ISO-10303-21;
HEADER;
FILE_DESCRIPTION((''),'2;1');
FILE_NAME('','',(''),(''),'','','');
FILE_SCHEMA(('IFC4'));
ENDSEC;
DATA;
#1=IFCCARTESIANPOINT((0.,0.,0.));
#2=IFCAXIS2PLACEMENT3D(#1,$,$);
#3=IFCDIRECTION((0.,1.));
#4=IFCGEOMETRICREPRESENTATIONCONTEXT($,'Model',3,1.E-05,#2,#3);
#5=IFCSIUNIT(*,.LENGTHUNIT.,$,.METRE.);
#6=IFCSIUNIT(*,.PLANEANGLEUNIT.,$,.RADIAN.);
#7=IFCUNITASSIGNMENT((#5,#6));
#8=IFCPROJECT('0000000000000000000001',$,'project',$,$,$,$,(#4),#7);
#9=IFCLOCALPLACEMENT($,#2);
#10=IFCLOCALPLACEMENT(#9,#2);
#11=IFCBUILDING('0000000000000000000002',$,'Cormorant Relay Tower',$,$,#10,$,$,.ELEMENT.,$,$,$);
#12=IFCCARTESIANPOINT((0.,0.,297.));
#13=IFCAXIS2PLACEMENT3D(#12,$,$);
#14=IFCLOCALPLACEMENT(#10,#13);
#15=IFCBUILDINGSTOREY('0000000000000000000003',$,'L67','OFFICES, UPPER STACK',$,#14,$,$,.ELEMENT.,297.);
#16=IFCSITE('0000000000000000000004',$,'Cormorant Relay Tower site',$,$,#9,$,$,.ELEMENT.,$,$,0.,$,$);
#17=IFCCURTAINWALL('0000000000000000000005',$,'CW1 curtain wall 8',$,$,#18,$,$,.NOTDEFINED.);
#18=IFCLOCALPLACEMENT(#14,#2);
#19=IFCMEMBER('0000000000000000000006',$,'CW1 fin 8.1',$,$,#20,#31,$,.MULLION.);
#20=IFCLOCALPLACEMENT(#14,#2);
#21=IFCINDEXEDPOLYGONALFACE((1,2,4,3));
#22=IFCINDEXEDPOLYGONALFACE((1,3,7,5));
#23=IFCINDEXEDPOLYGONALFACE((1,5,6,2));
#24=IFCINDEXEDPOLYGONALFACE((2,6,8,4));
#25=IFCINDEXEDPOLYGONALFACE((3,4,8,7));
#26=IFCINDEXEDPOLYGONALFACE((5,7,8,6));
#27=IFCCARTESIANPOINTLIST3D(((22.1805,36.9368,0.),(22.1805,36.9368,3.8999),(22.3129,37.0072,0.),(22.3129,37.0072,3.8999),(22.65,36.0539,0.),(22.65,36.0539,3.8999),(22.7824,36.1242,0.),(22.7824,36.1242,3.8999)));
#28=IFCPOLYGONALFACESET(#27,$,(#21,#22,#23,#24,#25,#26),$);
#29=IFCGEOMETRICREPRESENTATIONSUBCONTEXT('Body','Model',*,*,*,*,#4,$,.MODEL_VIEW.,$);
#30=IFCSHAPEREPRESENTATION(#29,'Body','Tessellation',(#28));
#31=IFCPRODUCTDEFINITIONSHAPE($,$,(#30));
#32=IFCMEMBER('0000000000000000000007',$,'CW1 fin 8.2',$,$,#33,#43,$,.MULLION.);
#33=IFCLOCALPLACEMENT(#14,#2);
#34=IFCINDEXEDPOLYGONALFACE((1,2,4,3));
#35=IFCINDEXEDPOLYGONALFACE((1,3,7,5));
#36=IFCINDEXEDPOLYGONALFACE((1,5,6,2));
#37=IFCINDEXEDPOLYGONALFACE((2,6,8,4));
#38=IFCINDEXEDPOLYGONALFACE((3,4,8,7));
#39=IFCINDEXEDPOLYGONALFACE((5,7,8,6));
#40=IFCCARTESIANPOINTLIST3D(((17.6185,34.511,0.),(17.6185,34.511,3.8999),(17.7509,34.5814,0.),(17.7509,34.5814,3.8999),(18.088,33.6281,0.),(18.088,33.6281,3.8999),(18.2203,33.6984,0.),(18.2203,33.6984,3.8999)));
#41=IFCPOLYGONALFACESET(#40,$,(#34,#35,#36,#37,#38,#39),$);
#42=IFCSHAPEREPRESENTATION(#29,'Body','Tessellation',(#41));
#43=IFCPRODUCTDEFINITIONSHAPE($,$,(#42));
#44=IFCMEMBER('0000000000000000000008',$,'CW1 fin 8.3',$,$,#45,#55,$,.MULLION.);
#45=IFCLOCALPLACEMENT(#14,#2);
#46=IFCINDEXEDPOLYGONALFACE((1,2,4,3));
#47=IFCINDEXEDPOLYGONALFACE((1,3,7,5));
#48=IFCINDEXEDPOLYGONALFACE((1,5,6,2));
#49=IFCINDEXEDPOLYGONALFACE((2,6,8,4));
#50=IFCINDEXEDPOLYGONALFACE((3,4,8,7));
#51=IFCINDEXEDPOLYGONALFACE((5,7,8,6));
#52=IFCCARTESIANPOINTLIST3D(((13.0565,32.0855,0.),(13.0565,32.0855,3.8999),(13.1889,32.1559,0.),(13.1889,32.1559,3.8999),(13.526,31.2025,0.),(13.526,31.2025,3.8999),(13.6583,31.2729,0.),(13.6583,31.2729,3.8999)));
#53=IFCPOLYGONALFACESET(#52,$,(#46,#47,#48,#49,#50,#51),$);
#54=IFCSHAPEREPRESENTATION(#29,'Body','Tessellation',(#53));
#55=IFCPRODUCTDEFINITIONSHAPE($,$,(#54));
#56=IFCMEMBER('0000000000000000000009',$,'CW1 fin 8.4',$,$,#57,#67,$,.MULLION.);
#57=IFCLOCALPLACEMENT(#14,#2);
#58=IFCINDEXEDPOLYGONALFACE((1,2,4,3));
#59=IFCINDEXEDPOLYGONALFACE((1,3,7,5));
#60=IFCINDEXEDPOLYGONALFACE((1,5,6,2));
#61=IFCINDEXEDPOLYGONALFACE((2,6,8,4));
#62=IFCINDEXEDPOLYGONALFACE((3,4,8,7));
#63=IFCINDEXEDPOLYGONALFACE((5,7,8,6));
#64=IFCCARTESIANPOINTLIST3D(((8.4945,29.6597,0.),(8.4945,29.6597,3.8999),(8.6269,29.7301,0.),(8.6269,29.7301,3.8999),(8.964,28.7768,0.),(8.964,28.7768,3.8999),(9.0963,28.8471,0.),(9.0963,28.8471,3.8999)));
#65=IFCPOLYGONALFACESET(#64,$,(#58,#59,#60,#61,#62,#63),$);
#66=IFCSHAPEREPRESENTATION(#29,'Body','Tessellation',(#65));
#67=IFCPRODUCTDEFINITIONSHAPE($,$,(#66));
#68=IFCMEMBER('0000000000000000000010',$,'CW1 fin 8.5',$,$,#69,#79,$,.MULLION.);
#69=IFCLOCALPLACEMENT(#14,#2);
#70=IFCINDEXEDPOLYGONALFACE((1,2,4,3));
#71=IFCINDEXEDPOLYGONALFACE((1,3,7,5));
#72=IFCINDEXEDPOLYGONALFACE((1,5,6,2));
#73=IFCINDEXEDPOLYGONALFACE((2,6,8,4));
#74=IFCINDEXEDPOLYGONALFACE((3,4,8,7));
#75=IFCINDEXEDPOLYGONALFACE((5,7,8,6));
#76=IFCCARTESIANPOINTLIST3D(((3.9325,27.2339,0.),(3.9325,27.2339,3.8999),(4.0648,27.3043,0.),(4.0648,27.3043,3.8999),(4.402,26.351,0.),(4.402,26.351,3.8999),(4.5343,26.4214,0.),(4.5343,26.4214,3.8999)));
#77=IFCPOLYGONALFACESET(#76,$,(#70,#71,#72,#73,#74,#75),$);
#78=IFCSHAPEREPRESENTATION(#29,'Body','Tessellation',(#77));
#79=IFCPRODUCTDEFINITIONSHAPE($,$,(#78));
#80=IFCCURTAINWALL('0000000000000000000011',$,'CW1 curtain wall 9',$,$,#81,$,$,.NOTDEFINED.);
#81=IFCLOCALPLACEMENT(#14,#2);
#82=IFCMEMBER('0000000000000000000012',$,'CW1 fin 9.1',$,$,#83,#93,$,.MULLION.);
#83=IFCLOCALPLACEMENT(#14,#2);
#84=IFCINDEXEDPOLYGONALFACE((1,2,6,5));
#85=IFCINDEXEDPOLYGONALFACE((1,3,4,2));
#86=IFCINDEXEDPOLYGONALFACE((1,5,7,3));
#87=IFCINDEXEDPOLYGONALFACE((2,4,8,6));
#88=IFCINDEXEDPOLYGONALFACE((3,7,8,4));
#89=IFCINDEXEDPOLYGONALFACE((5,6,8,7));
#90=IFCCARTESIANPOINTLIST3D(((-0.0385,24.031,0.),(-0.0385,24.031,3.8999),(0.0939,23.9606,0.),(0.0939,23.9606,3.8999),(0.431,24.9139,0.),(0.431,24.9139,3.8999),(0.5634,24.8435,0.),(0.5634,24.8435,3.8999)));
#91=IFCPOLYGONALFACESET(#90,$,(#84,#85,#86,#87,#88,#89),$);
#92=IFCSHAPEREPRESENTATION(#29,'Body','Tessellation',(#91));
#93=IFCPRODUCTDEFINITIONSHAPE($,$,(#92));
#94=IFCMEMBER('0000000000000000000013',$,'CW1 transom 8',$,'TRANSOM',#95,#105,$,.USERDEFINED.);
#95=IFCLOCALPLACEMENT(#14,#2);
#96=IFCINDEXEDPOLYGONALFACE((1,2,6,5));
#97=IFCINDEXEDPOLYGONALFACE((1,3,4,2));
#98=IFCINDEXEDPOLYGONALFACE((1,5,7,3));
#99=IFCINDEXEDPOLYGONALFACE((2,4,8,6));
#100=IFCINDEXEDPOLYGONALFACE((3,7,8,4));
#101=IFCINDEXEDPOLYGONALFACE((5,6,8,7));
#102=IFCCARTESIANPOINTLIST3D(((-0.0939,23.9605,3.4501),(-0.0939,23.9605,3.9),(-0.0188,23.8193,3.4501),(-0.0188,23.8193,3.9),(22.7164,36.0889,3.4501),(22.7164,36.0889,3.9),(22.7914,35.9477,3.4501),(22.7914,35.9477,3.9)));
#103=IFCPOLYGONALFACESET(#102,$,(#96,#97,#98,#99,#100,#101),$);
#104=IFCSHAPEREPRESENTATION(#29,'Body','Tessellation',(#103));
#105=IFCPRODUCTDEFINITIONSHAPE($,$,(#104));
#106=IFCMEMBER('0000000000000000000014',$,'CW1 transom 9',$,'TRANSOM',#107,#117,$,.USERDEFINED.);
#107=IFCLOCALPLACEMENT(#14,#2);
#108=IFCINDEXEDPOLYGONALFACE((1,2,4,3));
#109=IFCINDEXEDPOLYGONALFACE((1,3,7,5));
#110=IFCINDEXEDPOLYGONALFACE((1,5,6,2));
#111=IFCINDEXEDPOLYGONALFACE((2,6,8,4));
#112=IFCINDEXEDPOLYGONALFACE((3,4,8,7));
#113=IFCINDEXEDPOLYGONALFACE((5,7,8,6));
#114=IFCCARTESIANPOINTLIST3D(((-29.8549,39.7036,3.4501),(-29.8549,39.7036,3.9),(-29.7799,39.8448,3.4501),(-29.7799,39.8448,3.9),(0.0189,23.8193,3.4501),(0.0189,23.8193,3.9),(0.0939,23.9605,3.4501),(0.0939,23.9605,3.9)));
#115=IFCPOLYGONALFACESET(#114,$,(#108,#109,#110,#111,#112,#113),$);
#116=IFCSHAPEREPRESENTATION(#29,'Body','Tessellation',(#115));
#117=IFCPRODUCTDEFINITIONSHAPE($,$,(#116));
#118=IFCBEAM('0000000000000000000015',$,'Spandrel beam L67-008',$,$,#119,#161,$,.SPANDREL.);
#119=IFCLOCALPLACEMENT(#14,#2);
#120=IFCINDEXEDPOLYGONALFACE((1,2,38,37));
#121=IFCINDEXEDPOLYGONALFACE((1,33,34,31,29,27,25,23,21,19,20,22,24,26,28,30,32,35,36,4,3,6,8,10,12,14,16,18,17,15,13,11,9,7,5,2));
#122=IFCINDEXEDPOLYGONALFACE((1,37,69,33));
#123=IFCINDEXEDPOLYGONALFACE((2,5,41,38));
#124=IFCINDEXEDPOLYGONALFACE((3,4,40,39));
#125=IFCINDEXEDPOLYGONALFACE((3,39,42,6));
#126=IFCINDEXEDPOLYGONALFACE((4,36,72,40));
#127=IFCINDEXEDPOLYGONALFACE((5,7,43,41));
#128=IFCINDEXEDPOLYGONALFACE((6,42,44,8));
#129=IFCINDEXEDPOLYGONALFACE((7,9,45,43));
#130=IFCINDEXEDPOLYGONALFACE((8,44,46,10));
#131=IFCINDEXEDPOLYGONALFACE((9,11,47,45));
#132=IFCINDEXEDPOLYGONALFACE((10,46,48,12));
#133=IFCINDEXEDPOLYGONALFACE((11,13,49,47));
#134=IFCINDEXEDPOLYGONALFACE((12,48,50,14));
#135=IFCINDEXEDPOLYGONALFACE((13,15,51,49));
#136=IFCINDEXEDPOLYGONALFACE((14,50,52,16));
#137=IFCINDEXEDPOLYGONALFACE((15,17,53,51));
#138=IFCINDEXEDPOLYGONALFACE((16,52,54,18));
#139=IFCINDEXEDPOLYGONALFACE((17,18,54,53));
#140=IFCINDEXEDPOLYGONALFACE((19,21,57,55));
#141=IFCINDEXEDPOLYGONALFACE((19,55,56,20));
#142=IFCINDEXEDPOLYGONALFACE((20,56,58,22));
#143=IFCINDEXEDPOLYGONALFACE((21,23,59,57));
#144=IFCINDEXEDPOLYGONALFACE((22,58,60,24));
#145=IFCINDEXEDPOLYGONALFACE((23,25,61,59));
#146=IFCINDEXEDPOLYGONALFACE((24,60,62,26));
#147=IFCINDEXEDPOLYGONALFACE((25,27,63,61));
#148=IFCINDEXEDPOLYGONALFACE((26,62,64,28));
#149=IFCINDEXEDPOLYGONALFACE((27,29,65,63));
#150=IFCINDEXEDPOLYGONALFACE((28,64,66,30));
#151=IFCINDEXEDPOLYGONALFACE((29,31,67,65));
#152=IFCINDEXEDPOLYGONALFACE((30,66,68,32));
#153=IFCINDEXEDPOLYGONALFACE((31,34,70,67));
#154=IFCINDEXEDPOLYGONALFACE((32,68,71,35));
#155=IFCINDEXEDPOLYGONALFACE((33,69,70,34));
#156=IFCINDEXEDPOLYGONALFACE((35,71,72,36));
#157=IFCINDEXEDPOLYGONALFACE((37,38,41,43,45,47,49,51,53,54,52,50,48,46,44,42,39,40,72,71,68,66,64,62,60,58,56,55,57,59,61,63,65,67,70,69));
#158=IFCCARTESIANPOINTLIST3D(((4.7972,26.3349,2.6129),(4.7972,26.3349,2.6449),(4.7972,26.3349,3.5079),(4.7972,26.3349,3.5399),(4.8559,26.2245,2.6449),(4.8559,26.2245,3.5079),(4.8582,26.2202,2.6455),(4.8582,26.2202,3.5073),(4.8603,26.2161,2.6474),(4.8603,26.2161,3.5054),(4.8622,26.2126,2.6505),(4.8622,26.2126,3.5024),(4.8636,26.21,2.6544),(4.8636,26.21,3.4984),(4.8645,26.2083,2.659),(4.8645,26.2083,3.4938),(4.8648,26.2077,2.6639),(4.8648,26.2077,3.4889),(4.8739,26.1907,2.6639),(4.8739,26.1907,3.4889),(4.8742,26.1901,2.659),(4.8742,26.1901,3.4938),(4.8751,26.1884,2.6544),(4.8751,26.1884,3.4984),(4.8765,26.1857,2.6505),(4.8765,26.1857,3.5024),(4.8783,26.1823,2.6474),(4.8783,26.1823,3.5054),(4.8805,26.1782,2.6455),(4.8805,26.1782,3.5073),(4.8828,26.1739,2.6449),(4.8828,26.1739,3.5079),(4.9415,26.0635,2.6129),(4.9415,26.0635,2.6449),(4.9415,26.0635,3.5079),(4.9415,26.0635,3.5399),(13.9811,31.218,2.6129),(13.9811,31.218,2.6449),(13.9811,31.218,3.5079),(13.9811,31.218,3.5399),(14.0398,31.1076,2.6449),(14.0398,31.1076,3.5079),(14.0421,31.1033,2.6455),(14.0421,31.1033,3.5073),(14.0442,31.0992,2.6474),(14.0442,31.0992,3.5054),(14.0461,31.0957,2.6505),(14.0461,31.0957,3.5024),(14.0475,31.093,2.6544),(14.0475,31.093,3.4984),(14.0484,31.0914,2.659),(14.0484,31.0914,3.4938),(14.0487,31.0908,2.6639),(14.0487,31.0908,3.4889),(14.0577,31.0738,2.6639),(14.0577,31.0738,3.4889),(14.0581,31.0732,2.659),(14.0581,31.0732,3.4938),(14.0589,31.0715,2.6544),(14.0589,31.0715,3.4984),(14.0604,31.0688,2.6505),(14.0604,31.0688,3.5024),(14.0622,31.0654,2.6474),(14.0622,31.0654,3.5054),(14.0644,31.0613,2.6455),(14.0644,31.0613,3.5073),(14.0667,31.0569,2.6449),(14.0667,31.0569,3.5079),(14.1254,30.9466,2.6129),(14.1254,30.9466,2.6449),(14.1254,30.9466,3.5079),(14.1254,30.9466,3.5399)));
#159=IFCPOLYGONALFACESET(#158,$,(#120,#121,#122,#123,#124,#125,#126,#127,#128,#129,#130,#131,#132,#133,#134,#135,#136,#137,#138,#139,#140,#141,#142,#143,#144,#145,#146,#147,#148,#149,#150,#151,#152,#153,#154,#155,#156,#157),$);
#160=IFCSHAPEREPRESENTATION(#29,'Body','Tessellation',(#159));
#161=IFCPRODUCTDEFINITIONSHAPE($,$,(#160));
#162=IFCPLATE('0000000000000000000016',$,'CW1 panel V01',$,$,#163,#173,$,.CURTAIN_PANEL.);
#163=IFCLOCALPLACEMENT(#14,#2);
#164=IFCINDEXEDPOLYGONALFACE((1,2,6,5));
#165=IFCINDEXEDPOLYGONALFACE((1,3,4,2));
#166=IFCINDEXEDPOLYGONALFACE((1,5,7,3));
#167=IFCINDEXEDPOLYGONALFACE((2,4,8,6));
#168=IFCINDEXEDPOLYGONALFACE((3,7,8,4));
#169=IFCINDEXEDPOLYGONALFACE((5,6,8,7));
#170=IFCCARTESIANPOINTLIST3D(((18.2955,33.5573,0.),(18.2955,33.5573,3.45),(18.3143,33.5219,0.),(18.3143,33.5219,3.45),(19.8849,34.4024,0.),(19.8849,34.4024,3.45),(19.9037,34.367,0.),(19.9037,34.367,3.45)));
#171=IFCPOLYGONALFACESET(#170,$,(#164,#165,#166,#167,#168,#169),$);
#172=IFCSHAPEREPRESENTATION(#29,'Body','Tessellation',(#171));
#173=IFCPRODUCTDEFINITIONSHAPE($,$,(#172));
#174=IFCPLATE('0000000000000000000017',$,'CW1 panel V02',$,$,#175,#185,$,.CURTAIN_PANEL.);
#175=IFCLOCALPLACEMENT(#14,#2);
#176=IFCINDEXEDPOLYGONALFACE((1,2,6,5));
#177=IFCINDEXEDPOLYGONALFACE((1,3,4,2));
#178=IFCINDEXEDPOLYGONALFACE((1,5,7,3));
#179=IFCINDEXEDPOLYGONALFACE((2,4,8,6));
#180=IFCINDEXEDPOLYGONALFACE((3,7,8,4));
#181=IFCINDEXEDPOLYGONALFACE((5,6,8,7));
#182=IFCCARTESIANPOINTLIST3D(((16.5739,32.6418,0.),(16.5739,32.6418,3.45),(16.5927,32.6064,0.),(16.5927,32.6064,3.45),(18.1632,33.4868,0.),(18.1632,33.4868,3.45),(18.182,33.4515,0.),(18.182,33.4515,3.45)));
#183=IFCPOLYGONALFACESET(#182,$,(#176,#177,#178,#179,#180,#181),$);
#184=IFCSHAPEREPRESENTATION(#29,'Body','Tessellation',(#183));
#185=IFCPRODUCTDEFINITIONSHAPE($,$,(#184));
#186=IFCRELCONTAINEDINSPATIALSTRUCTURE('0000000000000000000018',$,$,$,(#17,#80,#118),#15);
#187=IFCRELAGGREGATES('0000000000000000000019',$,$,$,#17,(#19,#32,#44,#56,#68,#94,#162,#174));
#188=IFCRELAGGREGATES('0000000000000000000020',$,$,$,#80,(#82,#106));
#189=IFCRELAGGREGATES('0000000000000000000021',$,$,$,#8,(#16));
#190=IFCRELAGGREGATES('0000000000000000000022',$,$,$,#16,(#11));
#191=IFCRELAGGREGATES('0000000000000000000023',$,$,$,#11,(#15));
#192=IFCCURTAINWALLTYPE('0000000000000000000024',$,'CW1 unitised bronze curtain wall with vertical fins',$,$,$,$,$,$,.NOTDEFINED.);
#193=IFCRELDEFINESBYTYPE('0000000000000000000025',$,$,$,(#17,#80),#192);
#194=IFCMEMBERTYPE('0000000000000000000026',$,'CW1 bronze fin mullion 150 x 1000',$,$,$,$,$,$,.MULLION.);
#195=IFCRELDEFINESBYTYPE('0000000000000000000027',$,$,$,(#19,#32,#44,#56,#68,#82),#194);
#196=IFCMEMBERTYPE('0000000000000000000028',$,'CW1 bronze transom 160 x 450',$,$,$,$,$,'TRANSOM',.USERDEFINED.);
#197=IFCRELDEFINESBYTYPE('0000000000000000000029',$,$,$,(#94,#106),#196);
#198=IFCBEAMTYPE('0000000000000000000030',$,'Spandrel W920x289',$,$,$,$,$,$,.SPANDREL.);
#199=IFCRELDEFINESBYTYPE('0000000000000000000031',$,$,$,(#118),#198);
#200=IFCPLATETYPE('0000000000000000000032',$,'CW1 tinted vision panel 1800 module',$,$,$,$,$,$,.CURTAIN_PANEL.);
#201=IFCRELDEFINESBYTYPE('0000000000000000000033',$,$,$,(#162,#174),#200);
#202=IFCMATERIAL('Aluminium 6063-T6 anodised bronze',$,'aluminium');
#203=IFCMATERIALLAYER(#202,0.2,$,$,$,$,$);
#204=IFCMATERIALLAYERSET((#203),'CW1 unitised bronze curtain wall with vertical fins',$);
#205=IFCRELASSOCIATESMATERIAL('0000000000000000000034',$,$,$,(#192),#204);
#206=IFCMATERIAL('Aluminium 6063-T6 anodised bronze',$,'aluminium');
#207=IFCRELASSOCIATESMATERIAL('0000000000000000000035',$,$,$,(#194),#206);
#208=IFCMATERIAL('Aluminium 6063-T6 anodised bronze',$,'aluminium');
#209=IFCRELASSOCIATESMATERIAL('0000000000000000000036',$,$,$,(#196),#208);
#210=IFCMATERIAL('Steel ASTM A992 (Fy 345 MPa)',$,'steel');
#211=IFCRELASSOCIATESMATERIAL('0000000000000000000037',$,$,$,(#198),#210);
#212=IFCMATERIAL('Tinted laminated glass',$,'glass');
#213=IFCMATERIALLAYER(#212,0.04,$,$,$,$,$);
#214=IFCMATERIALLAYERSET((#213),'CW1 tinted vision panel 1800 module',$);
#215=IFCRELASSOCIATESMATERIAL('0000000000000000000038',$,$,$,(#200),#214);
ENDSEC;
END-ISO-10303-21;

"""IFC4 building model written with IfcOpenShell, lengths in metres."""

from ifc_helpers import new_model, si_unit, direction, frame, origin, origin_2d, place, context, subcontext, project, spatial, rectangle, i_section, extrude, material, layer, layer_set, material_profile, profile_set, type_object, element, aggregate, save


model = new_model("IFC4")

# Units and contexts
model_context = context("Model", 3, precision=1e-05, world=origin(), true_north=direction((0.0, 1.0)))
body_context = subcontext(model_context, "Body", "Model", "MODEL_VIEW")
ifc_project = project(units=[si_unit("LENGTHUNIT", "METRE"), si_unit("PLANEANGLEUNIT", "RADIAN")], contexts=[model_context])

# Site, building, storey
site_placement = place(None, origin())
site = spatial("IfcSite", under=ifc_project, at=site_placement, Name="Cormorant Relay Tower site", CompositionType="ELEMENT", RefElevation=0.0)
building_placement = place(site_placement, origin())
building = spatial("IfcBuilding", under=site, at=building_placement, Name="Cormorant Relay Tower", CompositionType="ELEMENT")
storey_placement = place(building_placement, frame((0.0, 0.0, 297.0)))
storey = spatial("IfcBuildingStorey", under=building, at=storey_placement, Name="L67", Description="OFFICES, UPPER STACK", CompositionType="ELEMENT", Elevation=297.0)

# Curtain wall, members
ifc_material_1 = material(Name="Aluminium 6063-T6 anodised bronze", Category="aluminium")
ifc_layer_1 = layer(ifc_material_1, 0.2)
ifc_layer_set_1 = layer_set([ifc_layer_1], Name="CW1 unitised bronze curtain wall with vertical fins")
curtain_wall_type = type_object("IfcCurtainWallType", Name="CW1 unitised bronze curtain wall with vertical fins", PredefinedType="NOTDEFINED", material=ifc_layer_set_1)
curtain_wall_1_placement = place(storey_placement, origin())
curtain_wall_1 = element("IfcCurtainWall", 1, at=curtain_wall_1_placement, inside=storey, type_object=curtain_wall_type, Name="CW1 curtain wall 8", PredefinedType="NOTDEFINED")
ifc_material_2 = material(Name="Aluminium 6063-T6 anodised bronze", Category="aluminium")
ifc_material_profile_1 = material_profile(ifc_material_2, rectangle(XDim=0.1499, YDim=1.0, at=origin_2d()), Name="AL 150x1000")
ifc_profile_set_1 = profile_set([ifc_material_profile_1], Name="Aluminium 6063-T6 anodised bronze")
member_type_1 = type_object("IfcMemberType", Name="CW1 bronze fin mullion 150 x 1000", PredefinedType="MULLION", material=ifc_profile_set_1)
member_1_placement = place(storey_placement, frame((22.4814, 36.5305, 0.0), z_axis=(0.0, 0.0, 1.0), x_axis=(-0.882948, -0.469472, 0.0)))
member_1 = element("IfcMember", 2, at=member_1_placement, type_object=member_type_1, Name="CW1 fin 8.1", PredefinedType="MULLION", context=body_context, shape_type="SweptSolid", body=[
    extrude(rectangle(XDim=0.1499, YDim=1.0, at=origin_2d()), origin(), (0.0, 0.0, 1.0), 3.8999),
])
member_2_placement = place(storey_placement, frame((17.9194, 34.1047, 0.0), z_axis=(0.0, 0.0, 1.0), x_axis=(-0.882948, -0.469472, 0.0)))
member_2 = element("IfcMember", 3, at=member_2_placement, type_object=member_type_1, Name="CW1 fin 8.2", PredefinedType="MULLION", context=body_context, shape_type="SweptSolid", body=[
    extrude(rectangle(XDim=0.1499, YDim=1.0, at=origin_2d()), origin(), (0.0, 0.0, 1.0), 3.8999),
])
member_3_placement = place(storey_placement, frame((13.3574, 31.6792, 0.0), z_axis=(0.0, 0.0, 1.0), x_axis=(-0.882948, -0.469472, 0.0)))
member_3 = element("IfcMember", 4, at=member_3_placement, type_object=member_type_1, Name="CW1 fin 8.3", PredefinedType="MULLION", context=body_context, shape_type="SweptSolid", body=[
    extrude(rectangle(XDim=0.1499, YDim=1.0, at=origin_2d()), origin(), (0.0, 0.0, 1.0), 3.8999),
])
member_4_placement = place(storey_placement, frame((8.7954, 29.2534, 0.0), z_axis=(0.0, 0.0, 1.0), x_axis=(-0.882948, -0.469472, 0.0)))
member_4 = element("IfcMember", 5, at=member_4_placement, type_object=member_type_1, Name="CW1 fin 8.4", PredefinedType="MULLION", context=body_context, shape_type="SweptSolid", body=[
    extrude(rectangle(XDim=0.1499, YDim=1.0, at=origin_2d()), origin(), (0.0, 0.0, 1.0), 3.8999),
])
member_5_placement = place(storey_placement, frame((4.2334, 26.8276, 0.0), z_axis=(0.0, 0.0, 1.0), x_axis=(-0.882948, -0.469472, 0.0)))
member_5 = element("IfcMember", 6, at=member_5_placement, type_object=member_type_1, Name="CW1 fin 8.5", PredefinedType="MULLION", context=body_context, shape_type="SweptSolid", body=[
    extrude(rectangle(XDim=0.1499, YDim=1.0, at=origin_2d()), origin(), (0.0, 0.0, 1.0), 3.8999),
])

# Curtain wall, member
curtain_wall_2_placement = place(storey_placement, origin())
curtain_wall_2 = element("IfcCurtainWall", 7, at=curtain_wall_2_placement, inside=storey, type_object=curtain_wall_type, Name="CW1 curtain wall 9", PredefinedType="NOTDEFINED")
member_6_placement = place(storey_placement, frame((0.2625, 24.4373, 0.0), z_axis=(0.0, 0.0, 1.0), x_axis=(-0.882948, 0.469472, 0.0)))
member_6 = element("IfcMember", 8, at=member_6_placement, type_object=member_type_1, Name="CW1 fin 9.1", PredefinedType="MULLION", context=body_context, shape_type="SweptSolid", body=[
    extrude(rectangle(XDim=0.1499, YDim=1.0, at=origin_2d()), origin(), (0.0, 0.0, 1.0), 3.8999),
])

# Members
ifc_material_3 = material(Name="Aluminium 6063-T6 anodised bronze", Category="aluminium")
ifc_material_profile_2 = material_profile(ifc_material_3, rectangle(XDim=0.1599, YDim=0.45, at=origin_2d()), Name="AL 160x450")
ifc_profile_set_2 = profile_set([ifc_material_profile_2], Name="Aluminium 6063-T6 anodised bronze")
member_type_2 = type_object("IfcMemberType", Name="CW1 bronze transom 160 x 450", ElementType="TRANSOM", PredefinedType="USERDEFINED", material=ifc_profile_set_2)
member_7_placement = place(storey_placement, frame((22.7539, 36.0183, 3.675), z_axis=(-0.882948, -0.469471, 0.0), x_axis=(0.469471, -0.882948, 0.0)))
member_7 = element("IfcMember", 9, at=member_7_placement, type_object=member_type_2, Name="CW1 transom 8", ObjectType="TRANSOM", PredefinedType="USERDEFINED", context=body_context, shape_type="SweptSolid", body=[
    extrude(rectangle(XDim=0.1599, YDim=0.45, at=origin_2d()), origin(), (0.0, 0.0, 1.0), 25.8342),
])
member_8_placement = place(storey_placement, frame((0.0564, 23.8899, 3.675), z_axis=(-0.882946, 0.469474, 0.0), x_axis=(-0.469474, -0.882946, 0.0)))
member_8 = element("IfcMember", 10, at=member_8_placement, type_object=member_type_2, Name="CW1 transom 9", ObjectType="TRANSOM", PredefinedType="USERDEFINED", context=body_context, shape_type="SweptSolid", body=[
    extrude(rectangle(XDim=0.1599, YDim=0.45, at=origin_2d()), origin(), (0.0, 0.0, 1.0), 33.8342),
])

# Beam
ifc_material_4 = material(Name="Steel ASTM A992 (Fy 345 MPa)", Category="steel")
ifc_material_profile_3 = material_profile(ifc_material_4, i_section(OverallWidth=0.3074, OverallDepth=0.927, WebThickness=0.0193, FlangeThickness=0.032, FilletRadius=0.019, at=origin_2d()), Name="W920x289")
ifc_profile_set_3 = profile_set([ifc_material_profile_3], Name="Steel ASTM A992 (Fy 345 MPa)")
beam_type = type_object("IfcBeamType", Name="Spandrel W920x289", PredefinedType="SPANDREL", material=ifc_profile_set_3)
beam_placement = place(storey_placement, frame((14.0532, 31.0823, 3.0764), z_axis=(-0.882951, -0.469466, 0.0), x_axis=(0.469466, -0.882951, 0.0)))
element("IfcBeam", 11, at=beam_placement, inside=storey, type_object=beam_type, Name="Spandrel beam L67-008", PredefinedType="SPANDREL", context=body_context, shape_type="SweptSolid", body=[
    extrude(i_section(OverallWidth=0.3074, OverallDepth=0.927, WebThickness=0.0193, FlangeThickness=0.032, FilletRadius=0.019, at=origin_2d()), origin(), (0.0, 0.0, 1.0), 10.4014),
])

# Plates
ifc_material_5 = material(Name="Tinted laminated glass", Category="glass")
ifc_layer_2 = layer(ifc_material_5, 0.04)
ifc_layer_set_2 = layer_set([ifc_layer_2], Name="CW1 tinted vision panel 1800 module")
plate_type_1 = type_object("IfcPlateType", Name="CW1 tinted vision panel 1800 module", PredefinedType="CURTAIN_PANEL", material=ifc_layer_set_2)
plate_1_placement = place(storey_placement, frame((19.0996, 33.9622, 0.0), z_axis=(0.0, 0.0, 1.0), x_axis=(-0.882948, -0.469472, 0.0)))
plate_1 = element("IfcPlate", 12, at=plate_1_placement, type_object=plate_type_1, Name="CW1 panel V01", PredefinedType="CURTAIN_PANEL", context=body_context, shape_type="SweptSolid", body=[
    extrude(rectangle(XDim=1.8, YDim=0.04, at=origin_2d()), origin(), (0.0, 0.0, 1.0), 3.45),
])
plate_2_placement = place(storey_placement, frame((17.3779, 33.0466, 0.0), z_axis=(0.0, 0.0, 1.0), x_axis=(-0.882948, -0.469472, 0.0)))
plate_2 = element("IfcPlate", 13, at=plate_2_placement, type_object=plate_type_1, Name="CW1 panel V02", PredefinedType="CURTAIN_PANEL", context=body_context, shape_type="SweptSolid", body=[
    extrude(rectangle(XDim=1.8, YDim=0.04, at=origin_2d()), origin(), (0.0, 0.0, 1.0), 3.45),
])

aggregate(curtain_wall_1, [member_1, member_2, member_3, member_4, member_5, member_7, plate_1, plate_2])
aggregate(curtain_wall_2, [member_6, member_8])

save(model, "model.ifc")
